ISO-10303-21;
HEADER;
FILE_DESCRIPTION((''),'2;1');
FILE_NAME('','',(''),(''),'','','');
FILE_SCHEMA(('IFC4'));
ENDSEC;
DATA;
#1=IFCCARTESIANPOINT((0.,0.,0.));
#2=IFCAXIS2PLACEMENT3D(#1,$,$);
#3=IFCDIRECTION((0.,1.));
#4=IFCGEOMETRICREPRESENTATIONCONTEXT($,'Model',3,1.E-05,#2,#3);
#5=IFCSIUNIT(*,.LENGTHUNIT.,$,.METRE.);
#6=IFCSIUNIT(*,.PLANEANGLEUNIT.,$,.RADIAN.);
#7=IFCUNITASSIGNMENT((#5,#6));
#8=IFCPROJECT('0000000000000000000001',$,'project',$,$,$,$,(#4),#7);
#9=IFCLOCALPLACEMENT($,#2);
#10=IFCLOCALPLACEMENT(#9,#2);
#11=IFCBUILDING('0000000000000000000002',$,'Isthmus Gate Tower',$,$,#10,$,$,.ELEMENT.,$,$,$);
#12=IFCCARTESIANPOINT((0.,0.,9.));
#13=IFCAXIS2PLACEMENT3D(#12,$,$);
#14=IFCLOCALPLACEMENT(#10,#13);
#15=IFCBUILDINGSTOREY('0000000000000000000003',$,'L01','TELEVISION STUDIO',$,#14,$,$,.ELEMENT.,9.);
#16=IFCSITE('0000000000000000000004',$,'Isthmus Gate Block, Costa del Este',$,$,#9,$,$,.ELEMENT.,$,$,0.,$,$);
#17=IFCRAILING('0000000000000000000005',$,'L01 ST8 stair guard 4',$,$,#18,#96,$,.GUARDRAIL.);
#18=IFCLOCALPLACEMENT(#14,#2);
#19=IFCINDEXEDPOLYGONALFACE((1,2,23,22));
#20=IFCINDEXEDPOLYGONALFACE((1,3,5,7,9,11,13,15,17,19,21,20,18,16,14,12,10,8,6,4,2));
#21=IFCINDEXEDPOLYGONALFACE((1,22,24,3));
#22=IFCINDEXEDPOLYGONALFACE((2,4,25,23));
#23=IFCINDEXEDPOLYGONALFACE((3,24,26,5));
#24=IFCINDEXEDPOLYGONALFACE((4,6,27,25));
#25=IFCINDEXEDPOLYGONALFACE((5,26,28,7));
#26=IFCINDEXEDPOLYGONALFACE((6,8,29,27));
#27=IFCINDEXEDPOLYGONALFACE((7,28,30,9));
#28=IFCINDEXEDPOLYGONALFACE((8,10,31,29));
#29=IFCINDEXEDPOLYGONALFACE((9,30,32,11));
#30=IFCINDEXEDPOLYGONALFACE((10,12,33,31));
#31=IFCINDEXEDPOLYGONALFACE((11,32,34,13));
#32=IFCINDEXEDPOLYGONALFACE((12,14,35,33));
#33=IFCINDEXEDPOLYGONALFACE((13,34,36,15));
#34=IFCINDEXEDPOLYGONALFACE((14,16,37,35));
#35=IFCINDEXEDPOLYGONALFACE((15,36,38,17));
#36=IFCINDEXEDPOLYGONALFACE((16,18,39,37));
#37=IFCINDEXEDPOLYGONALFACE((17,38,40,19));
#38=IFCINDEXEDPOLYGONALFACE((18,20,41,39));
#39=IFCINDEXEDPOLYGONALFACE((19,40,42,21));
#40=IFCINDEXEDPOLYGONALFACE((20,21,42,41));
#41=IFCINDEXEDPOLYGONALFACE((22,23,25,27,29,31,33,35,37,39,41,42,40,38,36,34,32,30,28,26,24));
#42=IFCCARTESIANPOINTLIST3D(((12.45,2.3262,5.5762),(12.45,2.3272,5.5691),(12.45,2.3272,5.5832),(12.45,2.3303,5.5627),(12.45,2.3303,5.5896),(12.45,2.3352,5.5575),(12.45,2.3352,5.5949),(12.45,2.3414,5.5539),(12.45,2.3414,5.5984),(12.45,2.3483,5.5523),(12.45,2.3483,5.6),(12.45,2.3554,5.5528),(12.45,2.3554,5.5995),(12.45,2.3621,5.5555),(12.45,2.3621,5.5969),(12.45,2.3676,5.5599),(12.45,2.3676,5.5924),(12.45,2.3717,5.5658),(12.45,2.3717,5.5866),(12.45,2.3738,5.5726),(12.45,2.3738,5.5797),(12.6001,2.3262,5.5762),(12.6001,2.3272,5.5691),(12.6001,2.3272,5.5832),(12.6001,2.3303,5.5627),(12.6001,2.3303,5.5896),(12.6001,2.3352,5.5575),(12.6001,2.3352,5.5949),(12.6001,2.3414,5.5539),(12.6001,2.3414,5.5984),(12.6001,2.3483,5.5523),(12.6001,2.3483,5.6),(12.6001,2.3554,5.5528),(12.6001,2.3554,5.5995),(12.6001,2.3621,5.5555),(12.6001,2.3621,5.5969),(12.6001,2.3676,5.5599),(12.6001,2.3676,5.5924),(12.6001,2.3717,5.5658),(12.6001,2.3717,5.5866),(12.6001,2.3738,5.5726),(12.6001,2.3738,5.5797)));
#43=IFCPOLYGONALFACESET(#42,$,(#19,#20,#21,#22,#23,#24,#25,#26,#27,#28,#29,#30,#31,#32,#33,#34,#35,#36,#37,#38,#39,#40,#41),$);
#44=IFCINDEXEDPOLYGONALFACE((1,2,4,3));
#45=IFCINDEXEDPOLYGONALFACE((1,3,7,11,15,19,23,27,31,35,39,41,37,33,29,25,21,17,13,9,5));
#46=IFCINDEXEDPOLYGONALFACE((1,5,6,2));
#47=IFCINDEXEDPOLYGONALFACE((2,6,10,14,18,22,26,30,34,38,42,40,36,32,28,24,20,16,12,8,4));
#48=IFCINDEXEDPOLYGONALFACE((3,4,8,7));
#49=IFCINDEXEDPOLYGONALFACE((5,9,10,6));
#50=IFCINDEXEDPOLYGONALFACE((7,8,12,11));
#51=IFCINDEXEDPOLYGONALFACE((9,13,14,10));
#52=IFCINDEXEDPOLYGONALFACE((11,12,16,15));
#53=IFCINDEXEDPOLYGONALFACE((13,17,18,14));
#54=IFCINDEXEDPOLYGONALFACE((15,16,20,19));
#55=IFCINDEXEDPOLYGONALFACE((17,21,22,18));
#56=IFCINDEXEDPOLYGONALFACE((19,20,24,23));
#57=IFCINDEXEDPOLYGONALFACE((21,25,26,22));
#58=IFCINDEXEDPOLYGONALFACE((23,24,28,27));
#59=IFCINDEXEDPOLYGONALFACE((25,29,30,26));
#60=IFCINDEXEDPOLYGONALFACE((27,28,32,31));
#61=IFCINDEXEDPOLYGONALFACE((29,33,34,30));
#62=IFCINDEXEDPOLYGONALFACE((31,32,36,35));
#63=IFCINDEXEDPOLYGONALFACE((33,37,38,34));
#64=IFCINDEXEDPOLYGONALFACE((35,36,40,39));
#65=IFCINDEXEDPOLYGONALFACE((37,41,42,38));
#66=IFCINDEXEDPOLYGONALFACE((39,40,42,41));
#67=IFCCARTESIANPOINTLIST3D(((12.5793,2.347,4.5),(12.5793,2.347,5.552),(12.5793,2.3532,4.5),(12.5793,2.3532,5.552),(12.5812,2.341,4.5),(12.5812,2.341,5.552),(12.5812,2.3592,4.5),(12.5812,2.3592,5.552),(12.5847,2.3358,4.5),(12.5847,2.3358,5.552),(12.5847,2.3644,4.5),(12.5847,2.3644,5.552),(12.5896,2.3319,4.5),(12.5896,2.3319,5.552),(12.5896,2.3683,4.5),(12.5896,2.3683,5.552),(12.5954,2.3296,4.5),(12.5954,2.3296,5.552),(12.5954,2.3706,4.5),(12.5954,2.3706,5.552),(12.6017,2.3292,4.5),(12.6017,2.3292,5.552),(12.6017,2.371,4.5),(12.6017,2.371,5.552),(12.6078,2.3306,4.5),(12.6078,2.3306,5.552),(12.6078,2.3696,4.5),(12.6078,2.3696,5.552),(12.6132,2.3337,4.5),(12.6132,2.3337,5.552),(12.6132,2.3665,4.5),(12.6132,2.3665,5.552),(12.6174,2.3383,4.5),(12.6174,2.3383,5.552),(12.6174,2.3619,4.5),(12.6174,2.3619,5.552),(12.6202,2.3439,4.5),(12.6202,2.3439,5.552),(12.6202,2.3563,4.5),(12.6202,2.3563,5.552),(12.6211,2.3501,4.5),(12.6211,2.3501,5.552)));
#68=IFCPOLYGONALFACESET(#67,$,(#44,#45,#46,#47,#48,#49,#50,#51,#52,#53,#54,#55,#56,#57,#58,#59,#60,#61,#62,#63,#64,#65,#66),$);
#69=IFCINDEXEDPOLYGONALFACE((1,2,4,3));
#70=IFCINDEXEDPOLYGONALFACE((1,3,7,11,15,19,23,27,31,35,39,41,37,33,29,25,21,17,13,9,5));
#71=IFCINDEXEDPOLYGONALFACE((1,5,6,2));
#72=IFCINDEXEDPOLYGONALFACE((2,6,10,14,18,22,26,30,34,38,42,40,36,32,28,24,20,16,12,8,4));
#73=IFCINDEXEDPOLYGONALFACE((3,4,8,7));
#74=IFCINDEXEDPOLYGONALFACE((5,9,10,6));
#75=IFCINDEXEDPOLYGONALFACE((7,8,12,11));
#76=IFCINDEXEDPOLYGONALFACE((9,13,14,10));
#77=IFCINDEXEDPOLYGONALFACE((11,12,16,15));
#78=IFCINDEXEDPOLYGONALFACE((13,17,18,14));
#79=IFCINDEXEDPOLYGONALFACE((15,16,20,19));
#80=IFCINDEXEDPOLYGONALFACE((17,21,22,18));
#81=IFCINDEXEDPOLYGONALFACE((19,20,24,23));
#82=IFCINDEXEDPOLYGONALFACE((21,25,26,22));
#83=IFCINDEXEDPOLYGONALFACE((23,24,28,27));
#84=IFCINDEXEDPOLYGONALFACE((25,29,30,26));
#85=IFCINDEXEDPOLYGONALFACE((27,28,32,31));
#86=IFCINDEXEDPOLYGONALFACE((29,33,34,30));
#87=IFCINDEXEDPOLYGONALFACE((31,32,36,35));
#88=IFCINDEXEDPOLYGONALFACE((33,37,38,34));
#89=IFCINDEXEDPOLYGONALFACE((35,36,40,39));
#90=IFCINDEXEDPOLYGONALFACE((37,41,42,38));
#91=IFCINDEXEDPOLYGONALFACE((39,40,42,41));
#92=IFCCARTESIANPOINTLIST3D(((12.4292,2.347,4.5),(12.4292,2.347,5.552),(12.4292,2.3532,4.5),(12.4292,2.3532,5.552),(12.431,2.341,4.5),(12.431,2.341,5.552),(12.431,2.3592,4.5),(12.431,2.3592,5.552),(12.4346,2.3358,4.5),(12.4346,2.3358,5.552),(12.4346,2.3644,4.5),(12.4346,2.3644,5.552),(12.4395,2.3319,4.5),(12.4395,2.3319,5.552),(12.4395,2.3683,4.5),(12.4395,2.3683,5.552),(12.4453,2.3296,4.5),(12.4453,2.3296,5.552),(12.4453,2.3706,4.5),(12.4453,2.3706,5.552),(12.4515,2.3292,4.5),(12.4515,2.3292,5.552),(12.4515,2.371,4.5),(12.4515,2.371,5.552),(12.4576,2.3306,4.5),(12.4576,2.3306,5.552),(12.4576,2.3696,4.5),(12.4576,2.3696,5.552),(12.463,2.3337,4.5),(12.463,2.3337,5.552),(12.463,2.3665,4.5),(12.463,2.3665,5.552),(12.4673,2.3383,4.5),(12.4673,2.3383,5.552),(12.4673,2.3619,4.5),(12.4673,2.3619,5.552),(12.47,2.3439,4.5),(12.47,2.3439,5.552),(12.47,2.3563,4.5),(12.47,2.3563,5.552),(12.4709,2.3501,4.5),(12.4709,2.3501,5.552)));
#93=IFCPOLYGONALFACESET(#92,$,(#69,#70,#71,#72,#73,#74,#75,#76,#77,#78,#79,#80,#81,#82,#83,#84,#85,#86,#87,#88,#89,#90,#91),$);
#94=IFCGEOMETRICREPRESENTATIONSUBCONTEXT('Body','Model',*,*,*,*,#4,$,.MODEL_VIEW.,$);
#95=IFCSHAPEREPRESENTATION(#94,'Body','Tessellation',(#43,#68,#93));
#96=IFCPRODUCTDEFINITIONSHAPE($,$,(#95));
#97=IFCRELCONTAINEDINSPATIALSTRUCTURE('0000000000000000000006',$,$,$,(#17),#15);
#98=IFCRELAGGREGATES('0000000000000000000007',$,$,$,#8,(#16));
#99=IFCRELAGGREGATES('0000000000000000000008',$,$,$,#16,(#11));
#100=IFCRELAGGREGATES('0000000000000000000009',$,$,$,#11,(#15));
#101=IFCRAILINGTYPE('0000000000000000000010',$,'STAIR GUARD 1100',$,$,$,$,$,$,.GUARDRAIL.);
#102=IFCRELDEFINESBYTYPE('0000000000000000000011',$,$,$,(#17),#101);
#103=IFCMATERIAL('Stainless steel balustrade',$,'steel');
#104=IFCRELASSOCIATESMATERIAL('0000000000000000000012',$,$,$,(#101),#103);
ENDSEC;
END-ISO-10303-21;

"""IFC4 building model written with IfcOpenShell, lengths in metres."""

from ifc_helpers import new_model, si_unit, direction, frame, origin, origin_2d, place, context, subcontext, project, spatial, circle, extrude, material, type_object, element, save


model = new_model("IFC4")

# Units and contexts
model_context = context("Model", 3, precision=1e-05, world=origin(), true_north=direction((0.0, 1.0)))
body_context = subcontext(model_context, "Body", "Model", "MODEL_VIEW")
ifc_project = project(units=[si_unit("LENGTHUNIT", "METRE"), si_unit("PLANEANGLEUNIT", "RADIAN")], contexts=[model_context])

# Site, building, storey
site_placement = place(None, origin())
site = spatial("IfcSite", under=ifc_project, at=site_placement, Name="Isthmus Gate Block, Costa del Este", CompositionType="ELEMENT", RefElevation=0.0)
building_placement = place(site_placement, origin())
building = spatial("IfcBuilding", under=site, at=building_placement, Name="Isthmus Gate Tower", CompositionType="ELEMENT")
storey_placement = place(building_placement, frame((0.0, 0.0, 9.0)))
storey = spatial("IfcBuildingStorey", under=building, at=storey_placement, Name="L01", Description="TELEVISION STUDIO", CompositionType="ELEMENT", Elevation=9.0)

# Railing
ifc_material_1 = material(Name="Stainless steel balustrade", Category="steel")
railing_type_1 = type_object("IfcRailingType", Name="STAIR GUARD 1100", PredefinedType="GUARDRAIL", material=ifc_material_1)
railing_1_placement = place(storey_placement, frame((12.6001, 2.3501, 4.5)))
element("IfcRailing", 1, at=railing_1_placement, inside=storey, type_object=railing_type_1, Name="L01 ST8 stair guard 4", PredefinedType="GUARDRAIL", context=body_context, shape_type="SweptSolid", body=[
    extrude(circle(Radius=0.0239, at=origin_2d()), frame((0.0, 0.0, 1.0762), z_axis=(-1.0, 0.0, 0.0), x_axis=(0.0, -1.0, 0.0)), (0.0, 0.0, 1.0), 0.1501),
    extrude(circle(Radius=0.021, at=origin_2d()), origin(), (0.0, 0.0, 1.0), 1.052),
    extrude(circle(Radius=0.021, at=origin_2d()), frame((-0.1501, 0.0, 0.0)), (0.0, 0.0, 1.0), 1.052),
])

save(model, "model.ifc")
